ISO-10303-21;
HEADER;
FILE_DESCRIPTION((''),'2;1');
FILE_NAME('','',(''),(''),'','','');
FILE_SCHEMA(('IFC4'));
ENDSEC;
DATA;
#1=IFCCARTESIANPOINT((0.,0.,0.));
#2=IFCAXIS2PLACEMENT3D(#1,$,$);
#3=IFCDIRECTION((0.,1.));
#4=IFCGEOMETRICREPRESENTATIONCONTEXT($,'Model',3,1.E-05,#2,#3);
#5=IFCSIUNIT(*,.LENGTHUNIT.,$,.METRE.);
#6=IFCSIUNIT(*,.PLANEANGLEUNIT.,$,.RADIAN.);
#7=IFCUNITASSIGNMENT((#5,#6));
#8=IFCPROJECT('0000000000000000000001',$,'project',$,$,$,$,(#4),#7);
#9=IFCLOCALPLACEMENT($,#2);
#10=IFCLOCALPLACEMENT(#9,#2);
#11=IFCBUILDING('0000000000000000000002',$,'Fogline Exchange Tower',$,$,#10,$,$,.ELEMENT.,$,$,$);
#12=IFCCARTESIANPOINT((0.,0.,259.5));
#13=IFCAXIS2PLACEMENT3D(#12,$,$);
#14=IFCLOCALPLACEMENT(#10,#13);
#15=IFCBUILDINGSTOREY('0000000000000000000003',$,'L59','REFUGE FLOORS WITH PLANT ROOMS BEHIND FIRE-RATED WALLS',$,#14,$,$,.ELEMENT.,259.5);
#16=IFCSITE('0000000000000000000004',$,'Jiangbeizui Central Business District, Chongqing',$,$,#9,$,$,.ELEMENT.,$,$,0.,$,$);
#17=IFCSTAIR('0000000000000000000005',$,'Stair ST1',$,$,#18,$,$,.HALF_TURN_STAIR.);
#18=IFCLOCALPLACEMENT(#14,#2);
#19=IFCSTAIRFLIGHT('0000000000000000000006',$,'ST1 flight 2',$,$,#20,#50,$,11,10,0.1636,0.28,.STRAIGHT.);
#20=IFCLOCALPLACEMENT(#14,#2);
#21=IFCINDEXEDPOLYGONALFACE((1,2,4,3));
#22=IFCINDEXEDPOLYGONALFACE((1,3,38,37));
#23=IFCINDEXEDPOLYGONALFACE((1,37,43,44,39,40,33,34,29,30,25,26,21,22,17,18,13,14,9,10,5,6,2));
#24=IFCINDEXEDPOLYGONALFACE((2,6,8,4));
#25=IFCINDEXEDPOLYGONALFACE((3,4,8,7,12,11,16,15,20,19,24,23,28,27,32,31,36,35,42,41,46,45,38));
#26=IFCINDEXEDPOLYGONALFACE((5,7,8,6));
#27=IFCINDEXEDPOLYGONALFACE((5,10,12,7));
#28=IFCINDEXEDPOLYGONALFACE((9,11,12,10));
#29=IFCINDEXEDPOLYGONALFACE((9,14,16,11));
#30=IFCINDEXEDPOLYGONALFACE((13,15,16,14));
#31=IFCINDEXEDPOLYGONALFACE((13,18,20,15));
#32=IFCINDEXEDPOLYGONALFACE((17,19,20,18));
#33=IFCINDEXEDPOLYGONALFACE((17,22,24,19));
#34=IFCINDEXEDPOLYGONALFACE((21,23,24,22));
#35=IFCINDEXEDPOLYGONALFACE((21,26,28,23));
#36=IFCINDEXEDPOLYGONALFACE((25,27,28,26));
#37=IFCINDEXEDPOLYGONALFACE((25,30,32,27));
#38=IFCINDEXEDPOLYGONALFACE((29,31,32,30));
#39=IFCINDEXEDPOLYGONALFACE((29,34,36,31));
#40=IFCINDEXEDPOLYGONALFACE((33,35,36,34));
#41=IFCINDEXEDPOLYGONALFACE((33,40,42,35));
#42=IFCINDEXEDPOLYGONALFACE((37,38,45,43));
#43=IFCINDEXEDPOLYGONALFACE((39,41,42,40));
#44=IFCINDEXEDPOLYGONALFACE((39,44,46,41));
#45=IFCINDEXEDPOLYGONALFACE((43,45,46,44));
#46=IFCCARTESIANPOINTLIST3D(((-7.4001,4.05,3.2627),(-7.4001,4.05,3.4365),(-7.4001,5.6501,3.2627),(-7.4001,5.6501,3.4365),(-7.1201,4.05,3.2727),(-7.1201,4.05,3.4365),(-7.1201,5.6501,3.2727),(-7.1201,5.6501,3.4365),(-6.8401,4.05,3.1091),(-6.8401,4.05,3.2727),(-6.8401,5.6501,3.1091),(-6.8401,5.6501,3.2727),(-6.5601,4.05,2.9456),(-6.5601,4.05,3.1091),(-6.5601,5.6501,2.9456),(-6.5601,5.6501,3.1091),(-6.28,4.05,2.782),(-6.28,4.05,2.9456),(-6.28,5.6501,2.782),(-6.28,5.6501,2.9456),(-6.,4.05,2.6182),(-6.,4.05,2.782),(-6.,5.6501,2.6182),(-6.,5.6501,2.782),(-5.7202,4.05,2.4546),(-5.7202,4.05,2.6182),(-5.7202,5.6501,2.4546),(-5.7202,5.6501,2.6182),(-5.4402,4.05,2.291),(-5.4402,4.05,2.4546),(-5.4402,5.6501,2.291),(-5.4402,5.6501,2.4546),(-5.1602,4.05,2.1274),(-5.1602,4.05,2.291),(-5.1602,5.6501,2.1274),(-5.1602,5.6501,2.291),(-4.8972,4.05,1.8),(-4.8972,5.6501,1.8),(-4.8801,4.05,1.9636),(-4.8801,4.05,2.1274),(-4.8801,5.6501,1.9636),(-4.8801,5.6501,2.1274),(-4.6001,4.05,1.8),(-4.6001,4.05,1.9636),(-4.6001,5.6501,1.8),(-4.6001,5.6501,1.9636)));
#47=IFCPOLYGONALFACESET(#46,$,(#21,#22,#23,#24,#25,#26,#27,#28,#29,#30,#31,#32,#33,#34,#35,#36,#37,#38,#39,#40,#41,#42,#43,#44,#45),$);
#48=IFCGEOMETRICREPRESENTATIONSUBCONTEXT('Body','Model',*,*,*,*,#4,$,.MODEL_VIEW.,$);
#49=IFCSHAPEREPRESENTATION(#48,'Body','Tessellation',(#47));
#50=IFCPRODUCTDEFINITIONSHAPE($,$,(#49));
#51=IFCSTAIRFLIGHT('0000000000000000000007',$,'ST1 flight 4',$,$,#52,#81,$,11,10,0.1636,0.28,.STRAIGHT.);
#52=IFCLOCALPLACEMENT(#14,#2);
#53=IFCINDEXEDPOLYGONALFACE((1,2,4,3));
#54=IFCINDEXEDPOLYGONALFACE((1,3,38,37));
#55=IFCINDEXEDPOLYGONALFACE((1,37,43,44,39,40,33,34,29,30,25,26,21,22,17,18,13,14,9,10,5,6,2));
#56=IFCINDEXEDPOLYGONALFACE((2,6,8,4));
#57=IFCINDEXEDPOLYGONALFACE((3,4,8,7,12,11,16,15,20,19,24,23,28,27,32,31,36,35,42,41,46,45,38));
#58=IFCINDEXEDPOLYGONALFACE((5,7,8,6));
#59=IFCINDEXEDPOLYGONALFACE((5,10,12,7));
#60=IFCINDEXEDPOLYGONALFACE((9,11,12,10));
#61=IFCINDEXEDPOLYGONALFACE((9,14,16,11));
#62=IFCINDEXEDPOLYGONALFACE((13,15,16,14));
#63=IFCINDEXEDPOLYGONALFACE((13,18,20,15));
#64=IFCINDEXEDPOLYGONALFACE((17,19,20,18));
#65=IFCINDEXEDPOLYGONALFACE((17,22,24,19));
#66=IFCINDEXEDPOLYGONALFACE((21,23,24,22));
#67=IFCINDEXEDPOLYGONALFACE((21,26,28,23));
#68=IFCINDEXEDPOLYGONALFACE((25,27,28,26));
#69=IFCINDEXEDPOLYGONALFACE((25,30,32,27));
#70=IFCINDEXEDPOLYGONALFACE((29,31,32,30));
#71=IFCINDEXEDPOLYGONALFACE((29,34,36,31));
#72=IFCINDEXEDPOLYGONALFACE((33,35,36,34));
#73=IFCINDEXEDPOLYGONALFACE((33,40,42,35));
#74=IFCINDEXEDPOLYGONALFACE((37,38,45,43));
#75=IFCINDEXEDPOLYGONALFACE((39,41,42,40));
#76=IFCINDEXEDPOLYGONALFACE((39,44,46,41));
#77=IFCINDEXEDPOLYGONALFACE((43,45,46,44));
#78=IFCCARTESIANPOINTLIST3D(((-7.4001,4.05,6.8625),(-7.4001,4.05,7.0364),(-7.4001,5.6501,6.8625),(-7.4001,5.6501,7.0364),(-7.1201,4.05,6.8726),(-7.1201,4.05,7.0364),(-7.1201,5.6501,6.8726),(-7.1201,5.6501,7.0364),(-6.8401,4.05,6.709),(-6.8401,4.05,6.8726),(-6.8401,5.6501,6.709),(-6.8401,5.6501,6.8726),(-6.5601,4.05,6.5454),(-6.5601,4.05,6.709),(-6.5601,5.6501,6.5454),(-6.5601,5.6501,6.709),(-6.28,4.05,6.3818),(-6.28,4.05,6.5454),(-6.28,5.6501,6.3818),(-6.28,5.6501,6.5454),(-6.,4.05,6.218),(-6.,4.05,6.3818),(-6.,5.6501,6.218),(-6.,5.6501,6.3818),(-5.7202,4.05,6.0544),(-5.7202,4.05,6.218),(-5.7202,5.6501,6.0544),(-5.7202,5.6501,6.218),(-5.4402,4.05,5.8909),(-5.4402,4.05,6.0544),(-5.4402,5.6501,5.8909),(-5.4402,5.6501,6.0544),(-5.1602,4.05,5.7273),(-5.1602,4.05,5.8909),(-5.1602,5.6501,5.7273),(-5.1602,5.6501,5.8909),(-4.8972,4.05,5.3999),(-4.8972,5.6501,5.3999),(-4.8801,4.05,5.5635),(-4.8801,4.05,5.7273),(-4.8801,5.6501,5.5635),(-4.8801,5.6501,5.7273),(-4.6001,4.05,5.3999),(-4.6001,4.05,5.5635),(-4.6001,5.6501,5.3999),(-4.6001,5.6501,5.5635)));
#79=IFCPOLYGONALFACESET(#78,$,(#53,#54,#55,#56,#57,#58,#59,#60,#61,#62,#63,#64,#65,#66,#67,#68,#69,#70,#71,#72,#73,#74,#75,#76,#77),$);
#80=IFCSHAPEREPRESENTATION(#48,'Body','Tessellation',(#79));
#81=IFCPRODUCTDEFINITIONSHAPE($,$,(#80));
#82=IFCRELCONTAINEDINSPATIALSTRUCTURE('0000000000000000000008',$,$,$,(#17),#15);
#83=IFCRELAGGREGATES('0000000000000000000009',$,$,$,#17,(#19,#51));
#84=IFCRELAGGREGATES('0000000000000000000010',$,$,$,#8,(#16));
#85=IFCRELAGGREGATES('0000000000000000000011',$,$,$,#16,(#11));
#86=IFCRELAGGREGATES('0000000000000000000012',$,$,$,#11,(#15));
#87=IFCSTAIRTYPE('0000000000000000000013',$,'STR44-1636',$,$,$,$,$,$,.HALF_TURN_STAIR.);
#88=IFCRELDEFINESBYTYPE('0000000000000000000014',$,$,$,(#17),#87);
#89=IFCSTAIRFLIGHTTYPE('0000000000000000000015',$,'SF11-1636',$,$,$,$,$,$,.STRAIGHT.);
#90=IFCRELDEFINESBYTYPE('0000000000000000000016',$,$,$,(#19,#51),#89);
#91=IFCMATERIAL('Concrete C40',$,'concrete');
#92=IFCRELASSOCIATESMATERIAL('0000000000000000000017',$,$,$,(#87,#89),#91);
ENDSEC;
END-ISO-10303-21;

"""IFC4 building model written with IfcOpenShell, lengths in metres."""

from ifc_helpers import new_model, si_unit, direction, frame, origin, place, context, subcontext, project, spatial, polyline, outline, extrude, material, type_object, element, aggregate, save


model = new_model("IFC4")

# Units and contexts
model_context = context("Model", 3, precision=1e-05, world=origin(), true_north=direction((0.0, 1.0)))
body_context = subcontext(model_context, "Body", "Model", "MODEL_VIEW")
ifc_project = project(units=[si_unit("LENGTHUNIT", "METRE"), si_unit("PLANEANGLEUNIT", "RADIAN")], contexts=[model_context])

# Site, building, storey
site_placement = place(None, origin())
site = spatial("IfcSite", under=ifc_project, at=site_placement, Name="Jiangbeizui Central Business District, Chongqing", CompositionType="ELEMENT", RefElevation=0.0)
building_placement = place(site_placement, origin())
building = spatial("IfcBuilding", under=site, at=building_placement, Name="Fogline Exchange Tower", CompositionType="ELEMENT")
storey_placement = place(building_placement, frame((0.0, 0.0, 259.5)))
storey = spatial("IfcBuildingStorey", under=building, at=storey_placement, Name="L59", Description="REFUGE FLOORS WITH PLANT ROOMS BEHIND FIRE-RATED WALLS", CompositionType="ELEMENT", Elevation=259.5)

# Shared definitions
ifc_material_1 = material(Name="Concrete C40", Category="concrete")

# Stair, stair flights
stair_type = type_object("IfcStairType", Name="STR44-1636", PredefinedType="HALF_TURN_STAIR", material=ifc_material_1)
stair_placement = place(storey_placement, origin())
stair = element("IfcStair", 1, at=stair_placement, inside=storey, type_object=stair_type, Name="Stair ST1", PredefinedType="HALF_TURN_STAIR")
stair_flight_type = type_object("IfcStairFlightType", Name="SF11-1636", PredefinedType="STRAIGHT", material=ifc_material_1)
stair_flight_1_placement = place(storey_placement, frame((-4.6001, 4.8501, 1.8), z_axis=(0.0, 0.0, 1.0), x_axis=(-1.0, 0.0, 0.0)))
stair_flight_1 = element("IfcStairFlight", 2, at=stair_flight_1_placement, type_object=stair_flight_type, Name="ST1 flight 2", NumberOfRisers=11, NumberOfTreads=10, PredefinedType="STRAIGHT", RiserHeight=0.1636, TreadLength=0.28, context=body_context, shape_type="SweptSolid", body=[
    extrude(outline(polyline([(0.0, 0.0), (0.0, 0.1636), (0.28, 0.1636), (0.28, 0.3274), (0.5601, 0.3274), (0.5601, 0.491), (0.8401, 0.491), (0.8401, 0.6545), (1.1201, 0.6545), (1.1201, 0.8181), (1.3999, 0.8181), (1.3999, 0.9819), (1.6799, 0.9819), (1.6799, 1.1455), (1.96, 1.1455), (1.96, 1.3091), (2.24, 1.3091), (2.24, 1.4727), (2.52, 1.4727), (2.52, 1.6365), (2.8, 1.6365), (2.8, 1.8), (2.8, 1.4626), (0.2971, 0.0), (0.0, 0.0)])), frame((0.0, 0.8, 0.0), z_axis=(0.0, -1.0, 0.0), x_axis=(1.0, 0.0, 0.0)), (0.0, 0.0, 1.0), 1.6001),
])
stair_flight_2_placement = place(storey_placement, frame((-4.6001, 4.8501, 5.3999), z_axis=(0.0, 0.0, 1.0), x_axis=(-1.0, 0.0, 0.0)))
stair_flight_2 = element("IfcStairFlight", 3, at=stair_flight_2_placement, type_object=stair_flight_type, Name="ST1 flight 4", NumberOfRisers=11, NumberOfTreads=10, PredefinedType="STRAIGHT", RiserHeight=0.1636, TreadLength=0.28, context=body_context, shape_type="SweptSolid", body=[
    extrude(outline(polyline([(0.0, 0.0), (0.0, 0.1636), (0.28, 0.1636), (0.28, 0.3274), (0.5601, 0.3274), (0.5601, 0.491), (0.8401, 0.491), (0.8401, 0.6545), (1.1201, 0.6545), (1.1201, 0.8181), (1.3999, 0.8181), (1.3999, 0.9819), (1.6799, 0.9819), (1.6799, 1.1455), (1.96, 1.1455), (1.96, 1.3091), (2.24, 1.3091), (2.24, 1.4727), (2.52, 1.4727), (2.52, 1.6365), (2.8, 1.6365), (2.8, 1.8), (2.8, 1.4626), (0.2971, 0.0), (0.0, 0.0)])), frame((0.0, 0.8, 0.0), z_axis=(0.0, -1.0, 0.0), x_axis=(1.0, 0.0, 0.0)), (0.0, 0.0, 1.0), 1.6001),
])
aggregate(stair, [stair_flight_1, stair_flight_2])

save(model, "model.ifc")
